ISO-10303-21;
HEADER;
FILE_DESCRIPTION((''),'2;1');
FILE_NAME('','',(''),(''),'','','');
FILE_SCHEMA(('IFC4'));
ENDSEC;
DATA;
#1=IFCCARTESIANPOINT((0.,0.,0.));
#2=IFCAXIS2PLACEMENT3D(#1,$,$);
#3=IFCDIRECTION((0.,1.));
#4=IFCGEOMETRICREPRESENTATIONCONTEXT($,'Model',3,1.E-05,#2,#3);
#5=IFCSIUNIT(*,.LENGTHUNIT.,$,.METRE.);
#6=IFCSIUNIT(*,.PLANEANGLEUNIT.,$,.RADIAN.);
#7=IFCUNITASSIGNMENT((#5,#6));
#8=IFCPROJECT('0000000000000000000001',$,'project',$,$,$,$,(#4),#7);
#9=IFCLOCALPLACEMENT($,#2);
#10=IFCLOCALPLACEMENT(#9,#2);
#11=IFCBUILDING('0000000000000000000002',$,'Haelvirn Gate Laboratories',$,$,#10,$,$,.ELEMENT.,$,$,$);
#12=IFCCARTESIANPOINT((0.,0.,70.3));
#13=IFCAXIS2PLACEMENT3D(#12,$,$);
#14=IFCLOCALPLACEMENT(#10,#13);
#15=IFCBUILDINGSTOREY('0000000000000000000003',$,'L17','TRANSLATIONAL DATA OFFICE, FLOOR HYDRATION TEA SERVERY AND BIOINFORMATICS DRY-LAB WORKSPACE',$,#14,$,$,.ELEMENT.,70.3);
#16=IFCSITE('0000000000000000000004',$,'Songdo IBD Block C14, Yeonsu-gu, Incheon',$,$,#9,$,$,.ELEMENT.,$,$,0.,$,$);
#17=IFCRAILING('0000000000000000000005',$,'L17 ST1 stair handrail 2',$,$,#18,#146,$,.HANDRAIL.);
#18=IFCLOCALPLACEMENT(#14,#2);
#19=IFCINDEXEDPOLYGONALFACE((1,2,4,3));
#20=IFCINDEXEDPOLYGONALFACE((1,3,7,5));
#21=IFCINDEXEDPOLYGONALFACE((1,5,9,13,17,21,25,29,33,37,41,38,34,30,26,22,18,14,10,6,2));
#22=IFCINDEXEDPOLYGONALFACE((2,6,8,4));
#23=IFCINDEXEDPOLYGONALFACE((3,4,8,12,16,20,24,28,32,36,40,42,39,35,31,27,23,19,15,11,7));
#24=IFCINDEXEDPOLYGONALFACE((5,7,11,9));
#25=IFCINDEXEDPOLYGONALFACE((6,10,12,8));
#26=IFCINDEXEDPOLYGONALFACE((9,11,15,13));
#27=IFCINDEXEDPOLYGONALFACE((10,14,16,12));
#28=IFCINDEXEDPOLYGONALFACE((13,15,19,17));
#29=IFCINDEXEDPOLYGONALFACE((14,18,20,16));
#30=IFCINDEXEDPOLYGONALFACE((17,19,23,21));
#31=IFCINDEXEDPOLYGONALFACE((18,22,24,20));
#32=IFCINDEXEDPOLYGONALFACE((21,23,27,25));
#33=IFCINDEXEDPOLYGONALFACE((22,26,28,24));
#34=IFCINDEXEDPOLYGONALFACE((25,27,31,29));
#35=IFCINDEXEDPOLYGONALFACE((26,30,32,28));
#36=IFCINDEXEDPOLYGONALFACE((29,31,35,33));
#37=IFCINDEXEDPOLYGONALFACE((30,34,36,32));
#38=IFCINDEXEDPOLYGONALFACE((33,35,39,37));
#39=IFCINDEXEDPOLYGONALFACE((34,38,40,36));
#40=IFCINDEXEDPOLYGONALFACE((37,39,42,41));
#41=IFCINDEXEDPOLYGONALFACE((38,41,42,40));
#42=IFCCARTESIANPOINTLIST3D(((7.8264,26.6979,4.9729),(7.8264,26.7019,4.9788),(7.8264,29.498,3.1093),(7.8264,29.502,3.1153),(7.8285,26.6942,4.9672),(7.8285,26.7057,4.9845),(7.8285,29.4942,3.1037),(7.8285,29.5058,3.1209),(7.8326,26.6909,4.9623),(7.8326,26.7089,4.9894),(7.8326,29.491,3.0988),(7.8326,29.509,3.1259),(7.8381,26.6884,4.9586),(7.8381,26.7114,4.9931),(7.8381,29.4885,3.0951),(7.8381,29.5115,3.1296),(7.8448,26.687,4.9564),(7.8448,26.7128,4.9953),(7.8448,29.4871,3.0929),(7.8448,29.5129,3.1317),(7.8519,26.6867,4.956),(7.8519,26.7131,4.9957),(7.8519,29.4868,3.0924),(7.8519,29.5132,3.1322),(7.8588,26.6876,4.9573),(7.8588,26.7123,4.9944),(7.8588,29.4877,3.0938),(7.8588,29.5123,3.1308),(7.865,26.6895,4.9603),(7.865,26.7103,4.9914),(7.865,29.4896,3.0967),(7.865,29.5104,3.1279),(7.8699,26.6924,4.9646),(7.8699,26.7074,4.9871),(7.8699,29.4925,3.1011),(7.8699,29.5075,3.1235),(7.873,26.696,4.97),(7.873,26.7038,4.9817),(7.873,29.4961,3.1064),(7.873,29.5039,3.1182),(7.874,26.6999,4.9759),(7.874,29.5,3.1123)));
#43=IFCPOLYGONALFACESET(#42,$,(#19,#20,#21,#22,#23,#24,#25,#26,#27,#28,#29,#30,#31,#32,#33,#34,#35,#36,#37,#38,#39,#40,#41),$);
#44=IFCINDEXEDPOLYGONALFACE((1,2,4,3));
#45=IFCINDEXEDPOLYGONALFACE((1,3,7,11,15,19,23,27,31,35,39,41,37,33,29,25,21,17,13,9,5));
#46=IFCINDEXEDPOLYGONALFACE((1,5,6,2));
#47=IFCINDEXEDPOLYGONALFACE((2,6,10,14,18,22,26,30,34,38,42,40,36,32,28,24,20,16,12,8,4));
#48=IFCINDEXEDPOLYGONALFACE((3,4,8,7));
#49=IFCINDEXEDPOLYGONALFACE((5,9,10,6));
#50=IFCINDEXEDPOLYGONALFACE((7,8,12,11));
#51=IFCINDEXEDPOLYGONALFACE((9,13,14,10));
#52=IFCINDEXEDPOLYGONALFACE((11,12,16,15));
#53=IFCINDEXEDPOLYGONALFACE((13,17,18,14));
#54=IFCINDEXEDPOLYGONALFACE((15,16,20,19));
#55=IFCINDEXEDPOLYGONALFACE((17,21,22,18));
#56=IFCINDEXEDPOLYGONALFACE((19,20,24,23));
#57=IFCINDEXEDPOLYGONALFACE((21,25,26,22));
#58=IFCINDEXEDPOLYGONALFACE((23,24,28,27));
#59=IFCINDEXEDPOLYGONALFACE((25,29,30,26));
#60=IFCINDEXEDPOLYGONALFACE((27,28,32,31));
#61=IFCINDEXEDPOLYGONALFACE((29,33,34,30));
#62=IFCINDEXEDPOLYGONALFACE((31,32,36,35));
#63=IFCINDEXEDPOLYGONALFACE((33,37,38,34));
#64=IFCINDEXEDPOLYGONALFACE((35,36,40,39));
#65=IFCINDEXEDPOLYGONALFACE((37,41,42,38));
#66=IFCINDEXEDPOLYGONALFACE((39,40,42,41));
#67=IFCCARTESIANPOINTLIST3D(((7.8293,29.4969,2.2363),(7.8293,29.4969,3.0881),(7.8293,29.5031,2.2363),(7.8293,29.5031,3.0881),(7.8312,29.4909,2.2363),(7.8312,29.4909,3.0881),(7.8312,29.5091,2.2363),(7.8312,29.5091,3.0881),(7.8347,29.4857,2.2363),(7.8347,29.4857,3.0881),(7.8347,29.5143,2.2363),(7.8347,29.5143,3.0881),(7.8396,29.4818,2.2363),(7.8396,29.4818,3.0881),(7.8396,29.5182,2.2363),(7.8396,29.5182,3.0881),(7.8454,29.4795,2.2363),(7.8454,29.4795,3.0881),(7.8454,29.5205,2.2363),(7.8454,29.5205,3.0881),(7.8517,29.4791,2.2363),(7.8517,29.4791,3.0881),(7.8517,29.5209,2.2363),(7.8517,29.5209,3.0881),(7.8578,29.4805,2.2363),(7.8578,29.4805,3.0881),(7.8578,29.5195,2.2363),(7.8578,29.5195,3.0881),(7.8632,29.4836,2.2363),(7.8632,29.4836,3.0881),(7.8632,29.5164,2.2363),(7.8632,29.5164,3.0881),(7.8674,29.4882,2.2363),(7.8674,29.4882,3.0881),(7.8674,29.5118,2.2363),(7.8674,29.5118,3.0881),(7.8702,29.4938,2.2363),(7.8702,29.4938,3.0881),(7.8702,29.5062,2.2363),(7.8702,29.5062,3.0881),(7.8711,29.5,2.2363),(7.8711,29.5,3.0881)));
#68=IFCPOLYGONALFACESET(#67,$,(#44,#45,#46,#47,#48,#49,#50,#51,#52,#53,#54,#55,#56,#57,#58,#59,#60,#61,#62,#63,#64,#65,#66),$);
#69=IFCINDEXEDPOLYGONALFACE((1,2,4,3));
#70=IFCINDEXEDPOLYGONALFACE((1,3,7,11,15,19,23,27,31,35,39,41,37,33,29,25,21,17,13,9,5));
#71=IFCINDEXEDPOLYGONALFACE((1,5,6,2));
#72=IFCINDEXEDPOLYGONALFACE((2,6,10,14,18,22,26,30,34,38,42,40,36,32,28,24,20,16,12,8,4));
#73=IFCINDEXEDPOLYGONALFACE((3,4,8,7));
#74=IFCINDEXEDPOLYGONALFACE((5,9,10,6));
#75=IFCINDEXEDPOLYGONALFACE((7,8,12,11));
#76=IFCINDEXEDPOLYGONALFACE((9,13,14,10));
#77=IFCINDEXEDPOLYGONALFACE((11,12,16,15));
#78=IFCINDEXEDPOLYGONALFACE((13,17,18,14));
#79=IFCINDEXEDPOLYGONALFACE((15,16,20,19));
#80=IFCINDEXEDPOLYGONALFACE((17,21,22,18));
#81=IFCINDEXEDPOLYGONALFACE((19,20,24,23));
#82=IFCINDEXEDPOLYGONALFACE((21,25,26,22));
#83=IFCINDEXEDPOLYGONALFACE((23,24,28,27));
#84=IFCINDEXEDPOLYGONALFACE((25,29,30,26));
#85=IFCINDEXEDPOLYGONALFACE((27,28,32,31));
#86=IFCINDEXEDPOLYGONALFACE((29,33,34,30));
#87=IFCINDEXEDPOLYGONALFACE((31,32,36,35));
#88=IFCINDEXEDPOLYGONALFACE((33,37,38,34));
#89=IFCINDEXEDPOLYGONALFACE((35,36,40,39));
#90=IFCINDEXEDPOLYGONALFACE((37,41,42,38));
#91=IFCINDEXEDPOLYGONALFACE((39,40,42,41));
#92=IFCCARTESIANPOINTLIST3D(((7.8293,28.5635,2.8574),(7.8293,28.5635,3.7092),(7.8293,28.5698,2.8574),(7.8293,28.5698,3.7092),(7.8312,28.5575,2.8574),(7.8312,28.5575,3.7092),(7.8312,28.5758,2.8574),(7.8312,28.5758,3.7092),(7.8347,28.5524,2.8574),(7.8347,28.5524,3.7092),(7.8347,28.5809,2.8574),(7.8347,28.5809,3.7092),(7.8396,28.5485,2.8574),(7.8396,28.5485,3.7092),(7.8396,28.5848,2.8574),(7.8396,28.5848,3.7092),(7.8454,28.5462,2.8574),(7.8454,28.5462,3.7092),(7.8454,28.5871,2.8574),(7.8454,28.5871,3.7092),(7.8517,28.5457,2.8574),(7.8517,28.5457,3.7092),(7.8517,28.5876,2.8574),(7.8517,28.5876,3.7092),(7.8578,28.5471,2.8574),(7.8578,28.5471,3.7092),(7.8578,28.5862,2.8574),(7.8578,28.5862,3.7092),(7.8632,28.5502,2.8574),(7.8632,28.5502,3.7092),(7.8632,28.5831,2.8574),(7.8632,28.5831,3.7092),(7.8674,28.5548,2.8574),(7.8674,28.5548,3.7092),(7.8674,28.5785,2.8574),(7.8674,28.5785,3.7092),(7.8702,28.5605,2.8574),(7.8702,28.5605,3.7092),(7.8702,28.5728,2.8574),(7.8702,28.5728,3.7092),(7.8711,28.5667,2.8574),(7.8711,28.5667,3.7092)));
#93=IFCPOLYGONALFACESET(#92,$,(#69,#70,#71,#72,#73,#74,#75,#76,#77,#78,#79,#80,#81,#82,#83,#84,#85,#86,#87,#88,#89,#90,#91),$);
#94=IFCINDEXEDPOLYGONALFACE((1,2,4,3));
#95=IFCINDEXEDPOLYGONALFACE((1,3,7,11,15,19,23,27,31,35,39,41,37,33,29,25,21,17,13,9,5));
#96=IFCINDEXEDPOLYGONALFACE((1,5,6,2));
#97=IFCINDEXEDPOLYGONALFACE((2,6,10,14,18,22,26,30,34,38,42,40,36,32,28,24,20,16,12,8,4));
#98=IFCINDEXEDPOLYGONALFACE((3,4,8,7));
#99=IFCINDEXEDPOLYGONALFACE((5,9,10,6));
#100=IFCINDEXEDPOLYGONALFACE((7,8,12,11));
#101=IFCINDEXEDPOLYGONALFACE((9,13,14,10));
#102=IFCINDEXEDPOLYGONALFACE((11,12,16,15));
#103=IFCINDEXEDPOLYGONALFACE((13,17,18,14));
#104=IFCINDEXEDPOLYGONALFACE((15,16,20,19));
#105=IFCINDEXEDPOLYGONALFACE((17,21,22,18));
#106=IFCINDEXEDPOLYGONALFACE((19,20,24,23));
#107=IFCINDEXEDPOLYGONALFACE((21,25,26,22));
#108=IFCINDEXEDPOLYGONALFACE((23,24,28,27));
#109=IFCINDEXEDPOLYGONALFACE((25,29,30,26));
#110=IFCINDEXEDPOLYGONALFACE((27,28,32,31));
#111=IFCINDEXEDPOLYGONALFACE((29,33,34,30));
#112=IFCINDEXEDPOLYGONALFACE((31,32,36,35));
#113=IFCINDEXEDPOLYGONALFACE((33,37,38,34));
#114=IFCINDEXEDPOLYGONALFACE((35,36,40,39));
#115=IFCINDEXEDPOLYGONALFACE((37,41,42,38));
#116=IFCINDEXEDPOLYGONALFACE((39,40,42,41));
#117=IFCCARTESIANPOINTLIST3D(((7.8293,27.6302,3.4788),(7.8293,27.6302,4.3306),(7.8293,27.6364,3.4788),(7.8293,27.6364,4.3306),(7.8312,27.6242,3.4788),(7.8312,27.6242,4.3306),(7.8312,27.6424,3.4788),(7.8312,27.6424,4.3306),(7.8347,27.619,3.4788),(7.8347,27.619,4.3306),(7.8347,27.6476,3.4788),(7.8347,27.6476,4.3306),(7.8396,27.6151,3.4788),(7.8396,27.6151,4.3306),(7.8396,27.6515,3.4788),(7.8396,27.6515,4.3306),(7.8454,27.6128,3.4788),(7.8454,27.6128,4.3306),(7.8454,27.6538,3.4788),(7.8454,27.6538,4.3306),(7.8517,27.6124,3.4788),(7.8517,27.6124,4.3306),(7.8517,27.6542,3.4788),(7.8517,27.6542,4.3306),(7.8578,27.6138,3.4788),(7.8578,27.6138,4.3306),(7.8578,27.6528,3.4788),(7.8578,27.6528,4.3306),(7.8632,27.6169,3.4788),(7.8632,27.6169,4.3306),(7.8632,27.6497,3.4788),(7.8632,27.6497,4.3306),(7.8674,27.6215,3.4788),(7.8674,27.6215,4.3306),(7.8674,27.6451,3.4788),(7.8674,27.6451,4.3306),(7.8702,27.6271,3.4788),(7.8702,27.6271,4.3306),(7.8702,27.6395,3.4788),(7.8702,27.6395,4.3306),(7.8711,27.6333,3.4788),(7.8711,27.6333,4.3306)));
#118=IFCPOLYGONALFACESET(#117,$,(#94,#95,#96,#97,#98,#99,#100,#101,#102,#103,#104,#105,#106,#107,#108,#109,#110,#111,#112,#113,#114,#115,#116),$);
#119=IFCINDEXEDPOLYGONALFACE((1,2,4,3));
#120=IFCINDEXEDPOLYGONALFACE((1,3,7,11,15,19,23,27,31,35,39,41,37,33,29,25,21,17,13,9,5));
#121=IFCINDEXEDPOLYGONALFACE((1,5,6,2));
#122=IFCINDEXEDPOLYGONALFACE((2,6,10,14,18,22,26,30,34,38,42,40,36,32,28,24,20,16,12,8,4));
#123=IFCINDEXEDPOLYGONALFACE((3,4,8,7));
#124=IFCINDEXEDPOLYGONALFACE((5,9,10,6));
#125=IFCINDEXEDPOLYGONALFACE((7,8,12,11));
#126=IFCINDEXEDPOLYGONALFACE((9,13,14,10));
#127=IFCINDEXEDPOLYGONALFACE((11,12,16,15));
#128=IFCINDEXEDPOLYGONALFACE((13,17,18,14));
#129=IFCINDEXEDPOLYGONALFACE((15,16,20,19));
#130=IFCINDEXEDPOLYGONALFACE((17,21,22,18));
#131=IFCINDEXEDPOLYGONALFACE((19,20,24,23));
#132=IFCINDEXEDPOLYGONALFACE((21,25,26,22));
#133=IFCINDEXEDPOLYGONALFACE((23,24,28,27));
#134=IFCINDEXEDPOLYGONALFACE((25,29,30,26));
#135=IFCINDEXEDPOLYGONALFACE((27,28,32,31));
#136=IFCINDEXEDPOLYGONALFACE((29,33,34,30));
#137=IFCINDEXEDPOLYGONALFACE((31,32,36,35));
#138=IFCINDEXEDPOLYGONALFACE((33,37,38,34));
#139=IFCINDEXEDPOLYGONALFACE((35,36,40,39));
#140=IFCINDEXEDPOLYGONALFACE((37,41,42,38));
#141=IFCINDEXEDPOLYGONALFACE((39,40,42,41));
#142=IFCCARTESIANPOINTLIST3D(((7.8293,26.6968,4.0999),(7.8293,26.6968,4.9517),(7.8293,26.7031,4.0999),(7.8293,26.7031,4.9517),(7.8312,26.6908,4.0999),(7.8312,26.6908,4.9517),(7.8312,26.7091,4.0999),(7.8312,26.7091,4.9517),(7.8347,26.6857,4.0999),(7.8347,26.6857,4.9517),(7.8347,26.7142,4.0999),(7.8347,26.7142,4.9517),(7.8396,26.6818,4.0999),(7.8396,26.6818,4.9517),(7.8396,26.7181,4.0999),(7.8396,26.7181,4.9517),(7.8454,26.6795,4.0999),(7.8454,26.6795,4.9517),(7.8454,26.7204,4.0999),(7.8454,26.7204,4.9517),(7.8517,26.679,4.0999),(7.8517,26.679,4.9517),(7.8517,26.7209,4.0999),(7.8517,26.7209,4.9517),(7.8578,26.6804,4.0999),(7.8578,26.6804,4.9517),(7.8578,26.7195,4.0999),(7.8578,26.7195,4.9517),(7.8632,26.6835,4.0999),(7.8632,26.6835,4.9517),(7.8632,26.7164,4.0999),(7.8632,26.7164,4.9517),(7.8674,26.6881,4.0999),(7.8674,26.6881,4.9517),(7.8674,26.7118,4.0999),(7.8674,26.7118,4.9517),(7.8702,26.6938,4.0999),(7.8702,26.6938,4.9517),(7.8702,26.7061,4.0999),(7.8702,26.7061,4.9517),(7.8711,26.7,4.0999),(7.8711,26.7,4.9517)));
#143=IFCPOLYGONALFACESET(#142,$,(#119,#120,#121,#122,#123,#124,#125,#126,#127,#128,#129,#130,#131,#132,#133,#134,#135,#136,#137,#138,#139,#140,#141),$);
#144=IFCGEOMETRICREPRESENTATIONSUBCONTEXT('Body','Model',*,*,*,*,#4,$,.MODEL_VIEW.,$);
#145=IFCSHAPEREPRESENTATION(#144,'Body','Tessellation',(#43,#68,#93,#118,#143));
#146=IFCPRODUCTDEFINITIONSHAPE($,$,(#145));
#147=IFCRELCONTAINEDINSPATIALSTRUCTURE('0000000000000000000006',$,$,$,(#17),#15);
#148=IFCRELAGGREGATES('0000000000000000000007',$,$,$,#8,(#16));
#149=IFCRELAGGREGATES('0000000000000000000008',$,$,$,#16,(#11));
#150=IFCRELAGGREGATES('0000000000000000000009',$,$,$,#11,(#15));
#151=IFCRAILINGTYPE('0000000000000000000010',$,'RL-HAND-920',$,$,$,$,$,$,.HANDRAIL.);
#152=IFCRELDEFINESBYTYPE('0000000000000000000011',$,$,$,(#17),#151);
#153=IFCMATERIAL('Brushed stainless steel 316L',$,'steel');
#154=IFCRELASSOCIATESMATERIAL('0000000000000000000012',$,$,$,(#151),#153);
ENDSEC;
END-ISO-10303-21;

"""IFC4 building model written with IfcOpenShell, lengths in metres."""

from ifc_helpers import new_model, si_unit, direction, frame, origin, origin_2d, place, context, subcontext, project, spatial, circle, extrude, source, transform, mapped, material, type_object, element, save


model = new_model("IFC4")

# Units and contexts
model_context = context("Model", 3, precision=1e-05, world=origin(), true_north=direction((0.0, 1.0)))
body_context = subcontext(model_context, "Body", "Model", "MODEL_VIEW")
ifc_project = project(units=[si_unit("LENGTHUNIT", "METRE"), si_unit("PLANEANGLEUNIT", "RADIAN")], contexts=[model_context])

# Site, building, storey
site_placement = place(None, origin())
site = spatial("IfcSite", under=ifc_project, at=site_placement, Name="Songdo IBD Block C14, Yeonsu-gu, Incheon", CompositionType="ELEMENT", RefElevation=0.0)
building_placement = place(site_placement, origin())
building = spatial("IfcBuilding", under=site, at=building_placement, Name="Haelvirn Gate Laboratories", CompositionType="ELEMENT")
storey_placement = place(building_placement, frame((0.0, 0.0, 70.3)))
storey = spatial("IfcBuildingStorey", under=building, at=storey_placement, Name="L17", Description="TRANSLATIONAL DATA OFFICE, FLOOR HYDRATION TEA SERVERY AND BIOINFORMATICS DRY-LAB WORKSPACE", CompositionType="ELEMENT", Elevation=70.3)

# Railing
ifc_material_1 = material(Name="Brushed stainless steel 316L", Category="steel")
railing_type_1 = type_object("IfcRailingType", Name="RL-HAND-920", PredefinedType="HANDRAIL", material=ifc_material_1)
shared_shape_1 = source(origin(), body_context, "Body", "SweptSolid", [
    extrude(circle(Radius=0.0239, at=origin_2d()), frame((0.0, 0.0, 0.876), z_axis=(0.0, -0.832486, 0.554047), x_axis=(1.0, 0.0, 0.0)), (0.0, 0.0, 1.0), 3.3635),
    extrude(circle(Radius=0.021, at=origin_2d()), origin(), (0.0, 0.0, 1.0), 0.8518),
    extrude(circle(Radius=0.021, at=origin_2d()), frame((0.0, -0.9333, 0.6211)), (0.0, 0.0, 1.0), 0.8518),
    extrude(circle(Radius=0.021, at=origin_2d()), frame((0.0, -1.8667, 1.2424)), (0.0, 0.0, 1.0), 0.8518),
    extrude(circle(Radius=0.021, at=origin_2d()), frame((0.0, -2.8, 1.8635)), (0.0, 0.0, 1.0), 0.8518),
])
railing_1_placement = place(storey_placement, frame((7.8501, 29.5, 2.2363)))
element("IfcRailing", 1, at=railing_1_placement, inside=storey, type_object=railing_type_1, Name="L17 ST1 stair handrail 2", PredefinedType="HANDRAIL", context=body_context, shape_type="MappedRepresentation", body=[
    mapped(shared_shape_1, transform((0.0, 0.0, 0.0), scale=1.0)),
])

save(model, "model.ifc")
